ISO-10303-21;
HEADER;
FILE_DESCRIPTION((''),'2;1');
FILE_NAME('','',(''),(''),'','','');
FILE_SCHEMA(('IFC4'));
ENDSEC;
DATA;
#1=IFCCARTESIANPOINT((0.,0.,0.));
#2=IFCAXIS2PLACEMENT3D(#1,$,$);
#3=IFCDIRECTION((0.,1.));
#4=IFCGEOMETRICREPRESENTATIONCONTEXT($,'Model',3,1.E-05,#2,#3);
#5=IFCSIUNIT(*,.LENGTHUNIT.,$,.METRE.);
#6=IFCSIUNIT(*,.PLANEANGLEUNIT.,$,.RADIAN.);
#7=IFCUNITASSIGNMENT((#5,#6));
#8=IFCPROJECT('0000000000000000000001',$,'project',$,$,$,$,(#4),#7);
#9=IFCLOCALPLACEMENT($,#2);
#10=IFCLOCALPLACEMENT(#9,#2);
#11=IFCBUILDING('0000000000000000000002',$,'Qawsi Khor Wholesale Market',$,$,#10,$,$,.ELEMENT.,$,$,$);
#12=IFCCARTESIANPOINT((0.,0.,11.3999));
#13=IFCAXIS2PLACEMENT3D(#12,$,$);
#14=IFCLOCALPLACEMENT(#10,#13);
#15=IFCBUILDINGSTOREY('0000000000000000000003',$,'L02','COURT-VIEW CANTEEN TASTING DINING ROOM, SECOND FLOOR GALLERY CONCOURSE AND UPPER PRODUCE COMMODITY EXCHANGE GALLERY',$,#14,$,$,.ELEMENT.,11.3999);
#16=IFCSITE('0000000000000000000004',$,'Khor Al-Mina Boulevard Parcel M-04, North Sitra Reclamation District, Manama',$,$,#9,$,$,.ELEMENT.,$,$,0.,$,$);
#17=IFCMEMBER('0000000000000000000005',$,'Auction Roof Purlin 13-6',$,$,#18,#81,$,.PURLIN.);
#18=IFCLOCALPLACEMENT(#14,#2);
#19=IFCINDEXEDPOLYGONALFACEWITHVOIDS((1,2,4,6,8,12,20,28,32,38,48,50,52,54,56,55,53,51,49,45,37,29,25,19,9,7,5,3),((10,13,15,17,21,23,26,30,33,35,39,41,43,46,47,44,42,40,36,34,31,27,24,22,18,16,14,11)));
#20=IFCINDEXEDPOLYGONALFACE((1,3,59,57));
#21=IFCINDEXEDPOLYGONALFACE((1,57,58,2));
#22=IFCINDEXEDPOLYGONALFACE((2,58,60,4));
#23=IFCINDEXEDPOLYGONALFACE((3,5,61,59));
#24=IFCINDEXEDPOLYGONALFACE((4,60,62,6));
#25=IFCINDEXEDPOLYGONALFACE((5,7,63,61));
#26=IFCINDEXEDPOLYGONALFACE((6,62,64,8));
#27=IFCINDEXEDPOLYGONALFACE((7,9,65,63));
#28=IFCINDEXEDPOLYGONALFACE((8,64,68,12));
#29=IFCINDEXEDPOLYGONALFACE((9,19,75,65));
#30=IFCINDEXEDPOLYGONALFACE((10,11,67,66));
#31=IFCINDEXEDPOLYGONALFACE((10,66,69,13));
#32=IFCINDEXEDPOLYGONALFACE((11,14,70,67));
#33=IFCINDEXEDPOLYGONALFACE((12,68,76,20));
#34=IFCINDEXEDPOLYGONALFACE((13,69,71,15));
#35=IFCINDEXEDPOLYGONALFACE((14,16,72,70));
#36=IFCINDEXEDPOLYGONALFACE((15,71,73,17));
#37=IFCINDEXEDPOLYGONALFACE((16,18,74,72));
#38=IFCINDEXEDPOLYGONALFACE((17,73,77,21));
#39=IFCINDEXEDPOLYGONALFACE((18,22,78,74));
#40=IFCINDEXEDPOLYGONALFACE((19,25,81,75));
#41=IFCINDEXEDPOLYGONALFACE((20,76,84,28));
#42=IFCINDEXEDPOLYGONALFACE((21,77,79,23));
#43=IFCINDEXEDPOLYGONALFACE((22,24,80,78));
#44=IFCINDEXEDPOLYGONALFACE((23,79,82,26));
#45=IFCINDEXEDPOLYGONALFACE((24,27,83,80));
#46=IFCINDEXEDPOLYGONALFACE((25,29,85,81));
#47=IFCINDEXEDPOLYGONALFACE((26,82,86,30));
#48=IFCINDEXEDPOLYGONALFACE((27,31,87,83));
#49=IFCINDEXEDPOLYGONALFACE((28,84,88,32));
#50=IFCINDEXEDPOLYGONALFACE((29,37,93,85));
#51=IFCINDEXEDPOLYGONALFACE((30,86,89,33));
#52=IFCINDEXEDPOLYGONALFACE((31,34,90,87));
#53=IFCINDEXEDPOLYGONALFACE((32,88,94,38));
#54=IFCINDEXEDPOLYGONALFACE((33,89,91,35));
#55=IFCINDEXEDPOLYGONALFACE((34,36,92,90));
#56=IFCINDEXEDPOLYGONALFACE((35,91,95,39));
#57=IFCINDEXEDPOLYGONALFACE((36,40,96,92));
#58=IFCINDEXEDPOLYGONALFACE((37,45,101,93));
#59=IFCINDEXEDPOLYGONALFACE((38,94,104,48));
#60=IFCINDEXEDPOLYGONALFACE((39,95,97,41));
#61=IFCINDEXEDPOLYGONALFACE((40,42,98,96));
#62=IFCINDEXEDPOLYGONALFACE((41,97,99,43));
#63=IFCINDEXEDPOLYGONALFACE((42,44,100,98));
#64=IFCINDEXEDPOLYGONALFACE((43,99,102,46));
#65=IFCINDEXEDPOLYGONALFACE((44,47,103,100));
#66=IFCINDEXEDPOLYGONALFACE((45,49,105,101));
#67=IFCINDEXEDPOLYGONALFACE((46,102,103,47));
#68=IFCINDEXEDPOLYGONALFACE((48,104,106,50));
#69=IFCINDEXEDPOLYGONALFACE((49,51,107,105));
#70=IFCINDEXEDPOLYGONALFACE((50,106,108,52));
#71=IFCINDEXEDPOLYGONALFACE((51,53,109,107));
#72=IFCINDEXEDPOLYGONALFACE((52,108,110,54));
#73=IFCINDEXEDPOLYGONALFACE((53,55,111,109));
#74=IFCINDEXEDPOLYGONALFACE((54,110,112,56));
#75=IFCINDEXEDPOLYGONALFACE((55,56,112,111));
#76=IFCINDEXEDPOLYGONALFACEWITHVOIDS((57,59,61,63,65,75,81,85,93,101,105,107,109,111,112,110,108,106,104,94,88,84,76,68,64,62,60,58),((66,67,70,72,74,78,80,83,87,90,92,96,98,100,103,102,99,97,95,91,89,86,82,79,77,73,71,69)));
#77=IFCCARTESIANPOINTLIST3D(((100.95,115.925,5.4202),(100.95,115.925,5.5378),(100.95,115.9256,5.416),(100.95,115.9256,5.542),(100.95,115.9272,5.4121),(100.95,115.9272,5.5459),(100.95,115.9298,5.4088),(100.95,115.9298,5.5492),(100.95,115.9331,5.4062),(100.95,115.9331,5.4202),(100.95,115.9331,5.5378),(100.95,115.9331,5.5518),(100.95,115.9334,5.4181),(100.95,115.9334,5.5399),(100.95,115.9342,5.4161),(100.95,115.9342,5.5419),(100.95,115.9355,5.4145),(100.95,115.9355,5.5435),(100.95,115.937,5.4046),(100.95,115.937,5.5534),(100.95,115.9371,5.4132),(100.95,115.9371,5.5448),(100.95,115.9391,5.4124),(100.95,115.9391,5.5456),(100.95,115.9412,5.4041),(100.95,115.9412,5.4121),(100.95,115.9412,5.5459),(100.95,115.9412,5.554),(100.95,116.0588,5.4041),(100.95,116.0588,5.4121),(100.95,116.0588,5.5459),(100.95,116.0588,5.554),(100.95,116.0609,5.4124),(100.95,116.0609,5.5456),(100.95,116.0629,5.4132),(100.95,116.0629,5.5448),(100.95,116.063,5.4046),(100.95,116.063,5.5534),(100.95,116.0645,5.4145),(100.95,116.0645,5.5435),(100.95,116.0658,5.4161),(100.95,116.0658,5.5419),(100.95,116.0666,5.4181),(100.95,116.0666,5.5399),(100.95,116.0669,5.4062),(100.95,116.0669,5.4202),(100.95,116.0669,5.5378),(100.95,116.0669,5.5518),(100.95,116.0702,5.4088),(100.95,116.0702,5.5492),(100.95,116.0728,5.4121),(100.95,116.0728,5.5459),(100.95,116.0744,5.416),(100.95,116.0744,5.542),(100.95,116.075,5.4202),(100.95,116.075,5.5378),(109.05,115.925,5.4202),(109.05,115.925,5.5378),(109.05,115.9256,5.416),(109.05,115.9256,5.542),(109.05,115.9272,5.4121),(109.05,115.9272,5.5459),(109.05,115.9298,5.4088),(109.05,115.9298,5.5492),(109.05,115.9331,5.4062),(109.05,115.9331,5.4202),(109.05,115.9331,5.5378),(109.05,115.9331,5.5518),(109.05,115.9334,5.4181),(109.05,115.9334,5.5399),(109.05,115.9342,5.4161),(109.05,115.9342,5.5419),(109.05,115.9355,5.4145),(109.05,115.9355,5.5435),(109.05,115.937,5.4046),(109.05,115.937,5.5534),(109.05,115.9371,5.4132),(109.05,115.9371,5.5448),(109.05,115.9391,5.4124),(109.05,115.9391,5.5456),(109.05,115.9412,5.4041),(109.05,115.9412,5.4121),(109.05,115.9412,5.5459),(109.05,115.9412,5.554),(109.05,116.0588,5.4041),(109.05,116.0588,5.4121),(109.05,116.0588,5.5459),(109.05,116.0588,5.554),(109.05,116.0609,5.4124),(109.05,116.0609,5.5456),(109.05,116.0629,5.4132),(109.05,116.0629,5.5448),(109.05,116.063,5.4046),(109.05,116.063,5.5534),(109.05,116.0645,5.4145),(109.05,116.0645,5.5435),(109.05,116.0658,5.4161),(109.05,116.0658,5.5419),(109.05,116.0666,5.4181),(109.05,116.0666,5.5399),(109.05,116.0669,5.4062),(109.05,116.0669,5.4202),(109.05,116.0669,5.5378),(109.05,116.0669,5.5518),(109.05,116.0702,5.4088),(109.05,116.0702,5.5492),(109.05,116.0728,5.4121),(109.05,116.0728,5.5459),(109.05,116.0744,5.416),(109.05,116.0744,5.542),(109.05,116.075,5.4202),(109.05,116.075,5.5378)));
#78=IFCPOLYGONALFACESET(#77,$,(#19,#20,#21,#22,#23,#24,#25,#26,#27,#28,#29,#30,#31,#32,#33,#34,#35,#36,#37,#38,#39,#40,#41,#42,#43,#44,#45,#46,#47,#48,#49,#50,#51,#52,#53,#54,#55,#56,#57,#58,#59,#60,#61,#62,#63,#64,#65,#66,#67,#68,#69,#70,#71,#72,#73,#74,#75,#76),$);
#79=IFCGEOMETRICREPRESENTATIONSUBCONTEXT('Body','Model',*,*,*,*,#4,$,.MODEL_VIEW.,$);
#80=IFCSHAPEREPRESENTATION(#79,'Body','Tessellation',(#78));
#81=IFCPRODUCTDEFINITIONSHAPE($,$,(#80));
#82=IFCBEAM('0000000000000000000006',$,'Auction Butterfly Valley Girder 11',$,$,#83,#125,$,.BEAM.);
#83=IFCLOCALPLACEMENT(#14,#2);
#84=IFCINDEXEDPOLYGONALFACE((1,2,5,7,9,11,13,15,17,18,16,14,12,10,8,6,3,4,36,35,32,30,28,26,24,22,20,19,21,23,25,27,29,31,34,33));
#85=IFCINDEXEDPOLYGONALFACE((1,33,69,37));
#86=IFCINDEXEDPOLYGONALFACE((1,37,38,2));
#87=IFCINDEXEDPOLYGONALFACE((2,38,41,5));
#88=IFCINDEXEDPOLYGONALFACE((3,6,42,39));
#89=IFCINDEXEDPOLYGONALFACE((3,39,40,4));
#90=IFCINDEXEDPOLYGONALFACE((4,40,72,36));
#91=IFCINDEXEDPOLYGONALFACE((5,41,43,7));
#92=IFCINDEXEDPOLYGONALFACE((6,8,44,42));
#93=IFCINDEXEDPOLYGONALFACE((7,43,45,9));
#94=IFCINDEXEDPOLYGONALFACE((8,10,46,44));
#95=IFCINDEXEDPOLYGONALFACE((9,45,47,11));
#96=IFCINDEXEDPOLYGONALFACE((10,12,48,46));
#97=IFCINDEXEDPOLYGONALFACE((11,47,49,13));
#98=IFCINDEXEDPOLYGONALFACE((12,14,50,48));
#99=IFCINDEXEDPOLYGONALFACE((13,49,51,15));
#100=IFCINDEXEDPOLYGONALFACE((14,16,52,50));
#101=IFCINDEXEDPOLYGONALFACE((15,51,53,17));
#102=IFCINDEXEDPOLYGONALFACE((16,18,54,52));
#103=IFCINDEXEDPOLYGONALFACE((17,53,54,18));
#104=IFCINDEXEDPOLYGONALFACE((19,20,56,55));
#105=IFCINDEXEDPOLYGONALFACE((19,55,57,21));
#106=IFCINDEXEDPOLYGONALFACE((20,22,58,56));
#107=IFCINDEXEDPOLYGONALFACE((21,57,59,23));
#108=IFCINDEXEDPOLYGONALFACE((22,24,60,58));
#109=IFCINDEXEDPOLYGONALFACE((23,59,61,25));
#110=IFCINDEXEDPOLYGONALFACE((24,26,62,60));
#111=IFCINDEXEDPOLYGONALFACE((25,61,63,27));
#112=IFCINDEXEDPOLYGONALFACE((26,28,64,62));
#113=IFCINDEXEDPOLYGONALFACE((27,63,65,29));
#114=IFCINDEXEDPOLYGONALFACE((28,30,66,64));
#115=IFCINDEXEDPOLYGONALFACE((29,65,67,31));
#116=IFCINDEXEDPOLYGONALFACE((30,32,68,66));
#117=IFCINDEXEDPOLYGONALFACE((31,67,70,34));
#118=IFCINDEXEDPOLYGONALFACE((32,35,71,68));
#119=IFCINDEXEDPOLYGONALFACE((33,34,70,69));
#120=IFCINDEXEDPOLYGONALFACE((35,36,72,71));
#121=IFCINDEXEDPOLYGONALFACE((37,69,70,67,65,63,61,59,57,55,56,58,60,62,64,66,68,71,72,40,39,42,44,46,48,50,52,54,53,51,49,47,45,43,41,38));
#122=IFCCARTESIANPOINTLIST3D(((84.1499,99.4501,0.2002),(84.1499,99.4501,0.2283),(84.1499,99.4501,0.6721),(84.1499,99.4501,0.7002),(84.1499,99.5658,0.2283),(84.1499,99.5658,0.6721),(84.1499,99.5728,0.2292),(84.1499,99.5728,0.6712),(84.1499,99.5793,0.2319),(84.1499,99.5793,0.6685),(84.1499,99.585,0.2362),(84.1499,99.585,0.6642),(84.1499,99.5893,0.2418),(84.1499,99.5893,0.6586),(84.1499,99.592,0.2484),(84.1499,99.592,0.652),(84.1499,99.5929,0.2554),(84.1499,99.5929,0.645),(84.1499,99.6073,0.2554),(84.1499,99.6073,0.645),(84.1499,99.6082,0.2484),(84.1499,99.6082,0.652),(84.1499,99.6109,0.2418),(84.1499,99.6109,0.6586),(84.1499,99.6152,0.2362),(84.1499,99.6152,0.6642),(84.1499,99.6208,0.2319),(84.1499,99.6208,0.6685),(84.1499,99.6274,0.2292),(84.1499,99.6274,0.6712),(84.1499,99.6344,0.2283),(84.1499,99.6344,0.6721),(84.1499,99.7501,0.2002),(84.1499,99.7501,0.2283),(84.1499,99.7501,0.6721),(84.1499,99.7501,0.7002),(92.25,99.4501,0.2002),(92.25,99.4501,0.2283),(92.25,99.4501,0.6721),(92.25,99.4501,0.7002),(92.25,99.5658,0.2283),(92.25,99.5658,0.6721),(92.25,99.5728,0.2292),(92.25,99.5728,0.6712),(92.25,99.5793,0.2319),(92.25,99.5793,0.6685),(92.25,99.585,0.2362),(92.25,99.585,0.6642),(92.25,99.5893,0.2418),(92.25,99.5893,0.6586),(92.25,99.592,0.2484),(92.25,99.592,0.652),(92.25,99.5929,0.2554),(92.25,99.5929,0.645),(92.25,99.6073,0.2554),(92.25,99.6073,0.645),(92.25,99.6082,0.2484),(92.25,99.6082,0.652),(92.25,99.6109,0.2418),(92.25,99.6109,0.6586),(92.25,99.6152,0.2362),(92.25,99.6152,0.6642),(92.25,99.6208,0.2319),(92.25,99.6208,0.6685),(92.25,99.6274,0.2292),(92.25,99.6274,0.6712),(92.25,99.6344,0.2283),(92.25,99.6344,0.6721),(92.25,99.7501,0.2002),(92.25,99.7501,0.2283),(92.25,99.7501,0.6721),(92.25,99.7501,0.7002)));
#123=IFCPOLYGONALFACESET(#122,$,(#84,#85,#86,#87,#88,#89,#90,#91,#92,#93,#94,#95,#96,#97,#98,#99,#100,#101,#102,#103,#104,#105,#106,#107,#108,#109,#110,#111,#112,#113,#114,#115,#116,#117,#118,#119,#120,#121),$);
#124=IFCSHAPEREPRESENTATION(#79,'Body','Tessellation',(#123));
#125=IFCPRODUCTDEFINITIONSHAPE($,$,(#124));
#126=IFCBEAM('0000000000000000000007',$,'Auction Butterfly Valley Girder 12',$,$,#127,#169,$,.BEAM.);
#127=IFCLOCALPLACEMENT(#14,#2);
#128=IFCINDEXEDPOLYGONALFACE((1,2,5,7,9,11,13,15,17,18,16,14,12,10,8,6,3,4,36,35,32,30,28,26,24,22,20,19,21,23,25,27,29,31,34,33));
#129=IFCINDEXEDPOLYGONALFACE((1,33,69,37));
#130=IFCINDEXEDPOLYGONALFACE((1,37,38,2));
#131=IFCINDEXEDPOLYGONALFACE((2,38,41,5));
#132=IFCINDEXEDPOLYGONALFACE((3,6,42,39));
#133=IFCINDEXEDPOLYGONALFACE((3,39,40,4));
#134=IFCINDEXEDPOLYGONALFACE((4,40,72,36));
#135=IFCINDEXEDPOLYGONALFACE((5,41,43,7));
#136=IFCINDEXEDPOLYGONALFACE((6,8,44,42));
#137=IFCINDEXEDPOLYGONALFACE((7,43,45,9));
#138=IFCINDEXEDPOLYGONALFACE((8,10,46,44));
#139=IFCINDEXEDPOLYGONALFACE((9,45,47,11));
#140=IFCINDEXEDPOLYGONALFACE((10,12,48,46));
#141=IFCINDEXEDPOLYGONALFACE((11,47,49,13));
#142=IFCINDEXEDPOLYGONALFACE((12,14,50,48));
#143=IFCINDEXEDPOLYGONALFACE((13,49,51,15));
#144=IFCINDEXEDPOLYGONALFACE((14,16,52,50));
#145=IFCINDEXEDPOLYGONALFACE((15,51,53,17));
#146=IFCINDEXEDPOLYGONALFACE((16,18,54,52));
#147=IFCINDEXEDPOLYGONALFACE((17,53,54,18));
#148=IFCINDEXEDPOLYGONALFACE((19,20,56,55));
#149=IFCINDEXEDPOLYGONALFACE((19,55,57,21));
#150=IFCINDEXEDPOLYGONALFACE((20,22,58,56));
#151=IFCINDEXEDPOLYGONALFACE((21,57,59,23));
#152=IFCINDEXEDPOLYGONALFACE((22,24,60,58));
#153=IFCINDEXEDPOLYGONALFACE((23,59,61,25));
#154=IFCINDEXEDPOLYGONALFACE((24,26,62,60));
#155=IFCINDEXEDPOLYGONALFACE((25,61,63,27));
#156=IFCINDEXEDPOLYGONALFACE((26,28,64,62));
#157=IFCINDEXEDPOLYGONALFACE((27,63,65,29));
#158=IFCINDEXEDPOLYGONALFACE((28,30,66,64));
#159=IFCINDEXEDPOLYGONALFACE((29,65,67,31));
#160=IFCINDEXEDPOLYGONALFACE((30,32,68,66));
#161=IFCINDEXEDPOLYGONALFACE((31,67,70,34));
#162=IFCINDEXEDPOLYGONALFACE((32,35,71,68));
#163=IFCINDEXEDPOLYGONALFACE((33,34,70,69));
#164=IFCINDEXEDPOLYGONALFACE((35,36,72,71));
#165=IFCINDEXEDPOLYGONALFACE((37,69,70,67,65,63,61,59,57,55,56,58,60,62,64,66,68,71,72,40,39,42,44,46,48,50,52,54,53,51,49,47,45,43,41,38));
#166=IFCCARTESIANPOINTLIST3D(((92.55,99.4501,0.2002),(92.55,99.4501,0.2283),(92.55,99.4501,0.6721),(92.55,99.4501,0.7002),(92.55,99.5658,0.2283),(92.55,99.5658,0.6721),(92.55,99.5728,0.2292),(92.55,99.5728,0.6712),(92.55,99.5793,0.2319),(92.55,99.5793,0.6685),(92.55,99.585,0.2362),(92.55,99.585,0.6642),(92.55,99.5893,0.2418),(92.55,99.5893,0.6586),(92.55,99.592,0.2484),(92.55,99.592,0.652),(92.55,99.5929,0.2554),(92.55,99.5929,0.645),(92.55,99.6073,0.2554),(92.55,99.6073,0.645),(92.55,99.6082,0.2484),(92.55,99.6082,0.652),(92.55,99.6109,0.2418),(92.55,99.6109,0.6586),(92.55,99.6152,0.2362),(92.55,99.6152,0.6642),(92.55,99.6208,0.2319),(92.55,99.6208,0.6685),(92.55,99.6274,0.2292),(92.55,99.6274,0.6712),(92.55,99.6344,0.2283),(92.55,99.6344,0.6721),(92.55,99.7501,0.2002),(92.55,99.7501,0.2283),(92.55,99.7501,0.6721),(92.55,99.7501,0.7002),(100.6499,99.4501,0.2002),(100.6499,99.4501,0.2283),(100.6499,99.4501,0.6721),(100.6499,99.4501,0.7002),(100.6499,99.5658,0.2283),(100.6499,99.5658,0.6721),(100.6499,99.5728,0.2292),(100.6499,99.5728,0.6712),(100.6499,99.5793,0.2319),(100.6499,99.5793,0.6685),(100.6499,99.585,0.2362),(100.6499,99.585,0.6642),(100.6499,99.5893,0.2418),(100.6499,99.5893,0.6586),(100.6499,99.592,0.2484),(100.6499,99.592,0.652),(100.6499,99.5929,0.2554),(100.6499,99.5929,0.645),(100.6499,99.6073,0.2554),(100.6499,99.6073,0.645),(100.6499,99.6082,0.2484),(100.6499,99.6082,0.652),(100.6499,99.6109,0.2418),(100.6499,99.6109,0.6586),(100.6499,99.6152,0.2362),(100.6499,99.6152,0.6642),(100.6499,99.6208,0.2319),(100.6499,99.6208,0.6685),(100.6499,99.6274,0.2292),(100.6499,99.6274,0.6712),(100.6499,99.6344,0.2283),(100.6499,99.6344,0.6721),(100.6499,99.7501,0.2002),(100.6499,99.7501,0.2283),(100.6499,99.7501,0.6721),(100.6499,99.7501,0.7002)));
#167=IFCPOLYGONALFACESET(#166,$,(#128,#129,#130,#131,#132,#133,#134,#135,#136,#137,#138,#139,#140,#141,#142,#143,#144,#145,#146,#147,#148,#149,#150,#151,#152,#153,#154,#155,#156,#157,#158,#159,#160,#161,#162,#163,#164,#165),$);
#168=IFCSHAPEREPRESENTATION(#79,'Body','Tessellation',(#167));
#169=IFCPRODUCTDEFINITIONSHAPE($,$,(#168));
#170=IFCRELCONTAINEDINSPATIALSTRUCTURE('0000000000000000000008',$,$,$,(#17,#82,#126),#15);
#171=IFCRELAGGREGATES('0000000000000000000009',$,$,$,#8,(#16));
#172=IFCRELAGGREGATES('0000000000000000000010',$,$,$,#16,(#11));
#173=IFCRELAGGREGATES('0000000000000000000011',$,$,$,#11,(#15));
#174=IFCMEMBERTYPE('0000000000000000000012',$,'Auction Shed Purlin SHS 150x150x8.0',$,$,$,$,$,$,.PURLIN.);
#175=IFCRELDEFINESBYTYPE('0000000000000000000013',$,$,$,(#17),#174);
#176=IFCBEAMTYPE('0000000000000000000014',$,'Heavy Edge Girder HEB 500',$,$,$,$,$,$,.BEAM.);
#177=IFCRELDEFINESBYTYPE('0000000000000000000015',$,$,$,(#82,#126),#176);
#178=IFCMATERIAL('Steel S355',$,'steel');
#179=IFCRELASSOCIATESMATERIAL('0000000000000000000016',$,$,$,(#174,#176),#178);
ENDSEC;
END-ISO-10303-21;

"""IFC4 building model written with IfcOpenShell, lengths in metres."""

from ifc_helpers import new_model, si_unit, direction, frame, origin, origin_2d, place, context, subcontext, project, spatial, hollow_rectangle, i_section, extrude, material, material_profile, profile_set, type_object, element, save


model = new_model("IFC4")

# Units and contexts
model_context = context("Model", 3, precision=1e-05, world=origin(), true_north=direction((0.0, 1.0)))
body_context = subcontext(model_context, "Body", "Model", "MODEL_VIEW")
ifc_project = project(units=[si_unit("LENGTHUNIT", "METRE"), si_unit("PLANEANGLEUNIT", "RADIAN")], contexts=[model_context])

# Site, building, storey
site_placement = place(None, origin())
site = spatial("IfcSite", under=ifc_project, at=site_placement, Name="Khor Al-Mina Boulevard Parcel M-04, North Sitra Reclamation District, Manama", CompositionType="ELEMENT", RefElevation=0.0)
building_placement = place(site_placement, origin())
building = spatial("IfcBuilding", under=site, at=building_placement, Name="Qawsi Khor Wholesale Market", CompositionType="ELEMENT")
storey_placement = place(building_placement, frame((0.0, 0.0, 11.3999)))
storey = spatial("IfcBuildingStorey", under=building, at=storey_placement, Name="L02", Description="COURT-VIEW CANTEEN TASTING DINING ROOM, SECOND FLOOR GALLERY CONCOURSE AND UPPER PRODUCE COMMODITY EXCHANGE GALLERY", CompositionType="ELEMENT", Elevation=11.3999)

# Member
ifc_material_1 = material(Name="Steel S355", Category="steel")
ifc_material_profile_1 = material_profile(ifc_material_1, hollow_rectangle(XDim=0.1499, YDim=0.1499, WallThickness=0.0081, InnerFilletRadius=0.0081, OuterFilletRadius=0.0161, at=origin_2d()), Name="SHS 150x150x8.0")
ifc_profile_set_1 = profile_set([ifc_material_profile_1], Name="Steel S355")
member_type_1 = type_object("IfcMemberType", Name="Auction Shed Purlin SHS 150x150x8.0", PredefinedType="PURLIN", material=ifc_profile_set_1)
for number, where, z_axis, x_axis, name in (
    (1, (100.95, 116.0, 5.479), (1.0, 0.0, 0.0), (0.0, 1.0, 0.0), "Auction Roof Purlin 13-6"),
):
    element("IfcMember", number, at=place(storey_placement, frame(where, z_axis=z_axis, x_axis=x_axis)), inside=storey, type_object=member_type_1, Name=name, PredefinedType="PURLIN", context=body_context, shape_type="SweptSolid", body=[
        extrude(hollow_rectangle(XDim=0.1499, YDim=0.1499, WallThickness=0.0081, InnerFilletRadius=0.0081, OuterFilletRadius=0.0161, at=origin_2d()), origin(), (0.0, 0.0, 1.0), 8.1001),
    ])

# Beams
ifc_material_profile_2 = material_profile(ifc_material_1, i_section(OverallWidth=0.3, OverallDepth=0.5, WebThickness=0.0144, FlangeThickness=0.0281, FilletRadius=0.0271, at=origin_2d()), Name="HEB 500")
ifc_profile_set_2 = profile_set([ifc_material_profile_2], Name="Steel S355")
beam_type_1 = type_object("IfcBeamType", Name="Heavy Edge Girder HEB 500", PredefinedType="BEAM", material=ifc_profile_set_2)
beam_1_placement = place(storey_placement, frame((84.1499, 99.6001, 0.4502), z_axis=(1.0, 0.0, 0.0), x_axis=(0.0, 1.0, 0.0)))
element("IfcBeam", 2, at=beam_1_placement, inside=storey, type_object=beam_type_1, Name="Auction Butterfly Valley Girder 11", PredefinedType="BEAM", context=body_context, shape_type="SweptSolid", body=[
    extrude(i_section(OverallWidth=0.3, OverallDepth=0.5, WebThickness=0.0144, FlangeThickness=0.0281, FilletRadius=0.0271, at=origin_2d()), origin(), (0.0, 0.0, 1.0), 8.1001),
])
beam_2_placement = place(storey_placement, frame((92.55, 99.6001, 0.4502), z_axis=(1.0, 0.0, 0.0), x_axis=(0.0, 1.0, 0.0)))
element("IfcBeam", 3, at=beam_2_placement, inside=storey, type_object=beam_type_1, Name="Auction Butterfly Valley Girder 12", PredefinedType="BEAM", context=body_context, shape_type="SweptSolid", body=[
    extrude(i_section(OverallWidth=0.3, OverallDepth=0.5, WebThickness=0.0144, FlangeThickness=0.0281, FilletRadius=0.0271, at=origin_2d()), origin(), (0.0, 0.0, 1.0), 8.0999),
])

save(model, "model.ifc")
